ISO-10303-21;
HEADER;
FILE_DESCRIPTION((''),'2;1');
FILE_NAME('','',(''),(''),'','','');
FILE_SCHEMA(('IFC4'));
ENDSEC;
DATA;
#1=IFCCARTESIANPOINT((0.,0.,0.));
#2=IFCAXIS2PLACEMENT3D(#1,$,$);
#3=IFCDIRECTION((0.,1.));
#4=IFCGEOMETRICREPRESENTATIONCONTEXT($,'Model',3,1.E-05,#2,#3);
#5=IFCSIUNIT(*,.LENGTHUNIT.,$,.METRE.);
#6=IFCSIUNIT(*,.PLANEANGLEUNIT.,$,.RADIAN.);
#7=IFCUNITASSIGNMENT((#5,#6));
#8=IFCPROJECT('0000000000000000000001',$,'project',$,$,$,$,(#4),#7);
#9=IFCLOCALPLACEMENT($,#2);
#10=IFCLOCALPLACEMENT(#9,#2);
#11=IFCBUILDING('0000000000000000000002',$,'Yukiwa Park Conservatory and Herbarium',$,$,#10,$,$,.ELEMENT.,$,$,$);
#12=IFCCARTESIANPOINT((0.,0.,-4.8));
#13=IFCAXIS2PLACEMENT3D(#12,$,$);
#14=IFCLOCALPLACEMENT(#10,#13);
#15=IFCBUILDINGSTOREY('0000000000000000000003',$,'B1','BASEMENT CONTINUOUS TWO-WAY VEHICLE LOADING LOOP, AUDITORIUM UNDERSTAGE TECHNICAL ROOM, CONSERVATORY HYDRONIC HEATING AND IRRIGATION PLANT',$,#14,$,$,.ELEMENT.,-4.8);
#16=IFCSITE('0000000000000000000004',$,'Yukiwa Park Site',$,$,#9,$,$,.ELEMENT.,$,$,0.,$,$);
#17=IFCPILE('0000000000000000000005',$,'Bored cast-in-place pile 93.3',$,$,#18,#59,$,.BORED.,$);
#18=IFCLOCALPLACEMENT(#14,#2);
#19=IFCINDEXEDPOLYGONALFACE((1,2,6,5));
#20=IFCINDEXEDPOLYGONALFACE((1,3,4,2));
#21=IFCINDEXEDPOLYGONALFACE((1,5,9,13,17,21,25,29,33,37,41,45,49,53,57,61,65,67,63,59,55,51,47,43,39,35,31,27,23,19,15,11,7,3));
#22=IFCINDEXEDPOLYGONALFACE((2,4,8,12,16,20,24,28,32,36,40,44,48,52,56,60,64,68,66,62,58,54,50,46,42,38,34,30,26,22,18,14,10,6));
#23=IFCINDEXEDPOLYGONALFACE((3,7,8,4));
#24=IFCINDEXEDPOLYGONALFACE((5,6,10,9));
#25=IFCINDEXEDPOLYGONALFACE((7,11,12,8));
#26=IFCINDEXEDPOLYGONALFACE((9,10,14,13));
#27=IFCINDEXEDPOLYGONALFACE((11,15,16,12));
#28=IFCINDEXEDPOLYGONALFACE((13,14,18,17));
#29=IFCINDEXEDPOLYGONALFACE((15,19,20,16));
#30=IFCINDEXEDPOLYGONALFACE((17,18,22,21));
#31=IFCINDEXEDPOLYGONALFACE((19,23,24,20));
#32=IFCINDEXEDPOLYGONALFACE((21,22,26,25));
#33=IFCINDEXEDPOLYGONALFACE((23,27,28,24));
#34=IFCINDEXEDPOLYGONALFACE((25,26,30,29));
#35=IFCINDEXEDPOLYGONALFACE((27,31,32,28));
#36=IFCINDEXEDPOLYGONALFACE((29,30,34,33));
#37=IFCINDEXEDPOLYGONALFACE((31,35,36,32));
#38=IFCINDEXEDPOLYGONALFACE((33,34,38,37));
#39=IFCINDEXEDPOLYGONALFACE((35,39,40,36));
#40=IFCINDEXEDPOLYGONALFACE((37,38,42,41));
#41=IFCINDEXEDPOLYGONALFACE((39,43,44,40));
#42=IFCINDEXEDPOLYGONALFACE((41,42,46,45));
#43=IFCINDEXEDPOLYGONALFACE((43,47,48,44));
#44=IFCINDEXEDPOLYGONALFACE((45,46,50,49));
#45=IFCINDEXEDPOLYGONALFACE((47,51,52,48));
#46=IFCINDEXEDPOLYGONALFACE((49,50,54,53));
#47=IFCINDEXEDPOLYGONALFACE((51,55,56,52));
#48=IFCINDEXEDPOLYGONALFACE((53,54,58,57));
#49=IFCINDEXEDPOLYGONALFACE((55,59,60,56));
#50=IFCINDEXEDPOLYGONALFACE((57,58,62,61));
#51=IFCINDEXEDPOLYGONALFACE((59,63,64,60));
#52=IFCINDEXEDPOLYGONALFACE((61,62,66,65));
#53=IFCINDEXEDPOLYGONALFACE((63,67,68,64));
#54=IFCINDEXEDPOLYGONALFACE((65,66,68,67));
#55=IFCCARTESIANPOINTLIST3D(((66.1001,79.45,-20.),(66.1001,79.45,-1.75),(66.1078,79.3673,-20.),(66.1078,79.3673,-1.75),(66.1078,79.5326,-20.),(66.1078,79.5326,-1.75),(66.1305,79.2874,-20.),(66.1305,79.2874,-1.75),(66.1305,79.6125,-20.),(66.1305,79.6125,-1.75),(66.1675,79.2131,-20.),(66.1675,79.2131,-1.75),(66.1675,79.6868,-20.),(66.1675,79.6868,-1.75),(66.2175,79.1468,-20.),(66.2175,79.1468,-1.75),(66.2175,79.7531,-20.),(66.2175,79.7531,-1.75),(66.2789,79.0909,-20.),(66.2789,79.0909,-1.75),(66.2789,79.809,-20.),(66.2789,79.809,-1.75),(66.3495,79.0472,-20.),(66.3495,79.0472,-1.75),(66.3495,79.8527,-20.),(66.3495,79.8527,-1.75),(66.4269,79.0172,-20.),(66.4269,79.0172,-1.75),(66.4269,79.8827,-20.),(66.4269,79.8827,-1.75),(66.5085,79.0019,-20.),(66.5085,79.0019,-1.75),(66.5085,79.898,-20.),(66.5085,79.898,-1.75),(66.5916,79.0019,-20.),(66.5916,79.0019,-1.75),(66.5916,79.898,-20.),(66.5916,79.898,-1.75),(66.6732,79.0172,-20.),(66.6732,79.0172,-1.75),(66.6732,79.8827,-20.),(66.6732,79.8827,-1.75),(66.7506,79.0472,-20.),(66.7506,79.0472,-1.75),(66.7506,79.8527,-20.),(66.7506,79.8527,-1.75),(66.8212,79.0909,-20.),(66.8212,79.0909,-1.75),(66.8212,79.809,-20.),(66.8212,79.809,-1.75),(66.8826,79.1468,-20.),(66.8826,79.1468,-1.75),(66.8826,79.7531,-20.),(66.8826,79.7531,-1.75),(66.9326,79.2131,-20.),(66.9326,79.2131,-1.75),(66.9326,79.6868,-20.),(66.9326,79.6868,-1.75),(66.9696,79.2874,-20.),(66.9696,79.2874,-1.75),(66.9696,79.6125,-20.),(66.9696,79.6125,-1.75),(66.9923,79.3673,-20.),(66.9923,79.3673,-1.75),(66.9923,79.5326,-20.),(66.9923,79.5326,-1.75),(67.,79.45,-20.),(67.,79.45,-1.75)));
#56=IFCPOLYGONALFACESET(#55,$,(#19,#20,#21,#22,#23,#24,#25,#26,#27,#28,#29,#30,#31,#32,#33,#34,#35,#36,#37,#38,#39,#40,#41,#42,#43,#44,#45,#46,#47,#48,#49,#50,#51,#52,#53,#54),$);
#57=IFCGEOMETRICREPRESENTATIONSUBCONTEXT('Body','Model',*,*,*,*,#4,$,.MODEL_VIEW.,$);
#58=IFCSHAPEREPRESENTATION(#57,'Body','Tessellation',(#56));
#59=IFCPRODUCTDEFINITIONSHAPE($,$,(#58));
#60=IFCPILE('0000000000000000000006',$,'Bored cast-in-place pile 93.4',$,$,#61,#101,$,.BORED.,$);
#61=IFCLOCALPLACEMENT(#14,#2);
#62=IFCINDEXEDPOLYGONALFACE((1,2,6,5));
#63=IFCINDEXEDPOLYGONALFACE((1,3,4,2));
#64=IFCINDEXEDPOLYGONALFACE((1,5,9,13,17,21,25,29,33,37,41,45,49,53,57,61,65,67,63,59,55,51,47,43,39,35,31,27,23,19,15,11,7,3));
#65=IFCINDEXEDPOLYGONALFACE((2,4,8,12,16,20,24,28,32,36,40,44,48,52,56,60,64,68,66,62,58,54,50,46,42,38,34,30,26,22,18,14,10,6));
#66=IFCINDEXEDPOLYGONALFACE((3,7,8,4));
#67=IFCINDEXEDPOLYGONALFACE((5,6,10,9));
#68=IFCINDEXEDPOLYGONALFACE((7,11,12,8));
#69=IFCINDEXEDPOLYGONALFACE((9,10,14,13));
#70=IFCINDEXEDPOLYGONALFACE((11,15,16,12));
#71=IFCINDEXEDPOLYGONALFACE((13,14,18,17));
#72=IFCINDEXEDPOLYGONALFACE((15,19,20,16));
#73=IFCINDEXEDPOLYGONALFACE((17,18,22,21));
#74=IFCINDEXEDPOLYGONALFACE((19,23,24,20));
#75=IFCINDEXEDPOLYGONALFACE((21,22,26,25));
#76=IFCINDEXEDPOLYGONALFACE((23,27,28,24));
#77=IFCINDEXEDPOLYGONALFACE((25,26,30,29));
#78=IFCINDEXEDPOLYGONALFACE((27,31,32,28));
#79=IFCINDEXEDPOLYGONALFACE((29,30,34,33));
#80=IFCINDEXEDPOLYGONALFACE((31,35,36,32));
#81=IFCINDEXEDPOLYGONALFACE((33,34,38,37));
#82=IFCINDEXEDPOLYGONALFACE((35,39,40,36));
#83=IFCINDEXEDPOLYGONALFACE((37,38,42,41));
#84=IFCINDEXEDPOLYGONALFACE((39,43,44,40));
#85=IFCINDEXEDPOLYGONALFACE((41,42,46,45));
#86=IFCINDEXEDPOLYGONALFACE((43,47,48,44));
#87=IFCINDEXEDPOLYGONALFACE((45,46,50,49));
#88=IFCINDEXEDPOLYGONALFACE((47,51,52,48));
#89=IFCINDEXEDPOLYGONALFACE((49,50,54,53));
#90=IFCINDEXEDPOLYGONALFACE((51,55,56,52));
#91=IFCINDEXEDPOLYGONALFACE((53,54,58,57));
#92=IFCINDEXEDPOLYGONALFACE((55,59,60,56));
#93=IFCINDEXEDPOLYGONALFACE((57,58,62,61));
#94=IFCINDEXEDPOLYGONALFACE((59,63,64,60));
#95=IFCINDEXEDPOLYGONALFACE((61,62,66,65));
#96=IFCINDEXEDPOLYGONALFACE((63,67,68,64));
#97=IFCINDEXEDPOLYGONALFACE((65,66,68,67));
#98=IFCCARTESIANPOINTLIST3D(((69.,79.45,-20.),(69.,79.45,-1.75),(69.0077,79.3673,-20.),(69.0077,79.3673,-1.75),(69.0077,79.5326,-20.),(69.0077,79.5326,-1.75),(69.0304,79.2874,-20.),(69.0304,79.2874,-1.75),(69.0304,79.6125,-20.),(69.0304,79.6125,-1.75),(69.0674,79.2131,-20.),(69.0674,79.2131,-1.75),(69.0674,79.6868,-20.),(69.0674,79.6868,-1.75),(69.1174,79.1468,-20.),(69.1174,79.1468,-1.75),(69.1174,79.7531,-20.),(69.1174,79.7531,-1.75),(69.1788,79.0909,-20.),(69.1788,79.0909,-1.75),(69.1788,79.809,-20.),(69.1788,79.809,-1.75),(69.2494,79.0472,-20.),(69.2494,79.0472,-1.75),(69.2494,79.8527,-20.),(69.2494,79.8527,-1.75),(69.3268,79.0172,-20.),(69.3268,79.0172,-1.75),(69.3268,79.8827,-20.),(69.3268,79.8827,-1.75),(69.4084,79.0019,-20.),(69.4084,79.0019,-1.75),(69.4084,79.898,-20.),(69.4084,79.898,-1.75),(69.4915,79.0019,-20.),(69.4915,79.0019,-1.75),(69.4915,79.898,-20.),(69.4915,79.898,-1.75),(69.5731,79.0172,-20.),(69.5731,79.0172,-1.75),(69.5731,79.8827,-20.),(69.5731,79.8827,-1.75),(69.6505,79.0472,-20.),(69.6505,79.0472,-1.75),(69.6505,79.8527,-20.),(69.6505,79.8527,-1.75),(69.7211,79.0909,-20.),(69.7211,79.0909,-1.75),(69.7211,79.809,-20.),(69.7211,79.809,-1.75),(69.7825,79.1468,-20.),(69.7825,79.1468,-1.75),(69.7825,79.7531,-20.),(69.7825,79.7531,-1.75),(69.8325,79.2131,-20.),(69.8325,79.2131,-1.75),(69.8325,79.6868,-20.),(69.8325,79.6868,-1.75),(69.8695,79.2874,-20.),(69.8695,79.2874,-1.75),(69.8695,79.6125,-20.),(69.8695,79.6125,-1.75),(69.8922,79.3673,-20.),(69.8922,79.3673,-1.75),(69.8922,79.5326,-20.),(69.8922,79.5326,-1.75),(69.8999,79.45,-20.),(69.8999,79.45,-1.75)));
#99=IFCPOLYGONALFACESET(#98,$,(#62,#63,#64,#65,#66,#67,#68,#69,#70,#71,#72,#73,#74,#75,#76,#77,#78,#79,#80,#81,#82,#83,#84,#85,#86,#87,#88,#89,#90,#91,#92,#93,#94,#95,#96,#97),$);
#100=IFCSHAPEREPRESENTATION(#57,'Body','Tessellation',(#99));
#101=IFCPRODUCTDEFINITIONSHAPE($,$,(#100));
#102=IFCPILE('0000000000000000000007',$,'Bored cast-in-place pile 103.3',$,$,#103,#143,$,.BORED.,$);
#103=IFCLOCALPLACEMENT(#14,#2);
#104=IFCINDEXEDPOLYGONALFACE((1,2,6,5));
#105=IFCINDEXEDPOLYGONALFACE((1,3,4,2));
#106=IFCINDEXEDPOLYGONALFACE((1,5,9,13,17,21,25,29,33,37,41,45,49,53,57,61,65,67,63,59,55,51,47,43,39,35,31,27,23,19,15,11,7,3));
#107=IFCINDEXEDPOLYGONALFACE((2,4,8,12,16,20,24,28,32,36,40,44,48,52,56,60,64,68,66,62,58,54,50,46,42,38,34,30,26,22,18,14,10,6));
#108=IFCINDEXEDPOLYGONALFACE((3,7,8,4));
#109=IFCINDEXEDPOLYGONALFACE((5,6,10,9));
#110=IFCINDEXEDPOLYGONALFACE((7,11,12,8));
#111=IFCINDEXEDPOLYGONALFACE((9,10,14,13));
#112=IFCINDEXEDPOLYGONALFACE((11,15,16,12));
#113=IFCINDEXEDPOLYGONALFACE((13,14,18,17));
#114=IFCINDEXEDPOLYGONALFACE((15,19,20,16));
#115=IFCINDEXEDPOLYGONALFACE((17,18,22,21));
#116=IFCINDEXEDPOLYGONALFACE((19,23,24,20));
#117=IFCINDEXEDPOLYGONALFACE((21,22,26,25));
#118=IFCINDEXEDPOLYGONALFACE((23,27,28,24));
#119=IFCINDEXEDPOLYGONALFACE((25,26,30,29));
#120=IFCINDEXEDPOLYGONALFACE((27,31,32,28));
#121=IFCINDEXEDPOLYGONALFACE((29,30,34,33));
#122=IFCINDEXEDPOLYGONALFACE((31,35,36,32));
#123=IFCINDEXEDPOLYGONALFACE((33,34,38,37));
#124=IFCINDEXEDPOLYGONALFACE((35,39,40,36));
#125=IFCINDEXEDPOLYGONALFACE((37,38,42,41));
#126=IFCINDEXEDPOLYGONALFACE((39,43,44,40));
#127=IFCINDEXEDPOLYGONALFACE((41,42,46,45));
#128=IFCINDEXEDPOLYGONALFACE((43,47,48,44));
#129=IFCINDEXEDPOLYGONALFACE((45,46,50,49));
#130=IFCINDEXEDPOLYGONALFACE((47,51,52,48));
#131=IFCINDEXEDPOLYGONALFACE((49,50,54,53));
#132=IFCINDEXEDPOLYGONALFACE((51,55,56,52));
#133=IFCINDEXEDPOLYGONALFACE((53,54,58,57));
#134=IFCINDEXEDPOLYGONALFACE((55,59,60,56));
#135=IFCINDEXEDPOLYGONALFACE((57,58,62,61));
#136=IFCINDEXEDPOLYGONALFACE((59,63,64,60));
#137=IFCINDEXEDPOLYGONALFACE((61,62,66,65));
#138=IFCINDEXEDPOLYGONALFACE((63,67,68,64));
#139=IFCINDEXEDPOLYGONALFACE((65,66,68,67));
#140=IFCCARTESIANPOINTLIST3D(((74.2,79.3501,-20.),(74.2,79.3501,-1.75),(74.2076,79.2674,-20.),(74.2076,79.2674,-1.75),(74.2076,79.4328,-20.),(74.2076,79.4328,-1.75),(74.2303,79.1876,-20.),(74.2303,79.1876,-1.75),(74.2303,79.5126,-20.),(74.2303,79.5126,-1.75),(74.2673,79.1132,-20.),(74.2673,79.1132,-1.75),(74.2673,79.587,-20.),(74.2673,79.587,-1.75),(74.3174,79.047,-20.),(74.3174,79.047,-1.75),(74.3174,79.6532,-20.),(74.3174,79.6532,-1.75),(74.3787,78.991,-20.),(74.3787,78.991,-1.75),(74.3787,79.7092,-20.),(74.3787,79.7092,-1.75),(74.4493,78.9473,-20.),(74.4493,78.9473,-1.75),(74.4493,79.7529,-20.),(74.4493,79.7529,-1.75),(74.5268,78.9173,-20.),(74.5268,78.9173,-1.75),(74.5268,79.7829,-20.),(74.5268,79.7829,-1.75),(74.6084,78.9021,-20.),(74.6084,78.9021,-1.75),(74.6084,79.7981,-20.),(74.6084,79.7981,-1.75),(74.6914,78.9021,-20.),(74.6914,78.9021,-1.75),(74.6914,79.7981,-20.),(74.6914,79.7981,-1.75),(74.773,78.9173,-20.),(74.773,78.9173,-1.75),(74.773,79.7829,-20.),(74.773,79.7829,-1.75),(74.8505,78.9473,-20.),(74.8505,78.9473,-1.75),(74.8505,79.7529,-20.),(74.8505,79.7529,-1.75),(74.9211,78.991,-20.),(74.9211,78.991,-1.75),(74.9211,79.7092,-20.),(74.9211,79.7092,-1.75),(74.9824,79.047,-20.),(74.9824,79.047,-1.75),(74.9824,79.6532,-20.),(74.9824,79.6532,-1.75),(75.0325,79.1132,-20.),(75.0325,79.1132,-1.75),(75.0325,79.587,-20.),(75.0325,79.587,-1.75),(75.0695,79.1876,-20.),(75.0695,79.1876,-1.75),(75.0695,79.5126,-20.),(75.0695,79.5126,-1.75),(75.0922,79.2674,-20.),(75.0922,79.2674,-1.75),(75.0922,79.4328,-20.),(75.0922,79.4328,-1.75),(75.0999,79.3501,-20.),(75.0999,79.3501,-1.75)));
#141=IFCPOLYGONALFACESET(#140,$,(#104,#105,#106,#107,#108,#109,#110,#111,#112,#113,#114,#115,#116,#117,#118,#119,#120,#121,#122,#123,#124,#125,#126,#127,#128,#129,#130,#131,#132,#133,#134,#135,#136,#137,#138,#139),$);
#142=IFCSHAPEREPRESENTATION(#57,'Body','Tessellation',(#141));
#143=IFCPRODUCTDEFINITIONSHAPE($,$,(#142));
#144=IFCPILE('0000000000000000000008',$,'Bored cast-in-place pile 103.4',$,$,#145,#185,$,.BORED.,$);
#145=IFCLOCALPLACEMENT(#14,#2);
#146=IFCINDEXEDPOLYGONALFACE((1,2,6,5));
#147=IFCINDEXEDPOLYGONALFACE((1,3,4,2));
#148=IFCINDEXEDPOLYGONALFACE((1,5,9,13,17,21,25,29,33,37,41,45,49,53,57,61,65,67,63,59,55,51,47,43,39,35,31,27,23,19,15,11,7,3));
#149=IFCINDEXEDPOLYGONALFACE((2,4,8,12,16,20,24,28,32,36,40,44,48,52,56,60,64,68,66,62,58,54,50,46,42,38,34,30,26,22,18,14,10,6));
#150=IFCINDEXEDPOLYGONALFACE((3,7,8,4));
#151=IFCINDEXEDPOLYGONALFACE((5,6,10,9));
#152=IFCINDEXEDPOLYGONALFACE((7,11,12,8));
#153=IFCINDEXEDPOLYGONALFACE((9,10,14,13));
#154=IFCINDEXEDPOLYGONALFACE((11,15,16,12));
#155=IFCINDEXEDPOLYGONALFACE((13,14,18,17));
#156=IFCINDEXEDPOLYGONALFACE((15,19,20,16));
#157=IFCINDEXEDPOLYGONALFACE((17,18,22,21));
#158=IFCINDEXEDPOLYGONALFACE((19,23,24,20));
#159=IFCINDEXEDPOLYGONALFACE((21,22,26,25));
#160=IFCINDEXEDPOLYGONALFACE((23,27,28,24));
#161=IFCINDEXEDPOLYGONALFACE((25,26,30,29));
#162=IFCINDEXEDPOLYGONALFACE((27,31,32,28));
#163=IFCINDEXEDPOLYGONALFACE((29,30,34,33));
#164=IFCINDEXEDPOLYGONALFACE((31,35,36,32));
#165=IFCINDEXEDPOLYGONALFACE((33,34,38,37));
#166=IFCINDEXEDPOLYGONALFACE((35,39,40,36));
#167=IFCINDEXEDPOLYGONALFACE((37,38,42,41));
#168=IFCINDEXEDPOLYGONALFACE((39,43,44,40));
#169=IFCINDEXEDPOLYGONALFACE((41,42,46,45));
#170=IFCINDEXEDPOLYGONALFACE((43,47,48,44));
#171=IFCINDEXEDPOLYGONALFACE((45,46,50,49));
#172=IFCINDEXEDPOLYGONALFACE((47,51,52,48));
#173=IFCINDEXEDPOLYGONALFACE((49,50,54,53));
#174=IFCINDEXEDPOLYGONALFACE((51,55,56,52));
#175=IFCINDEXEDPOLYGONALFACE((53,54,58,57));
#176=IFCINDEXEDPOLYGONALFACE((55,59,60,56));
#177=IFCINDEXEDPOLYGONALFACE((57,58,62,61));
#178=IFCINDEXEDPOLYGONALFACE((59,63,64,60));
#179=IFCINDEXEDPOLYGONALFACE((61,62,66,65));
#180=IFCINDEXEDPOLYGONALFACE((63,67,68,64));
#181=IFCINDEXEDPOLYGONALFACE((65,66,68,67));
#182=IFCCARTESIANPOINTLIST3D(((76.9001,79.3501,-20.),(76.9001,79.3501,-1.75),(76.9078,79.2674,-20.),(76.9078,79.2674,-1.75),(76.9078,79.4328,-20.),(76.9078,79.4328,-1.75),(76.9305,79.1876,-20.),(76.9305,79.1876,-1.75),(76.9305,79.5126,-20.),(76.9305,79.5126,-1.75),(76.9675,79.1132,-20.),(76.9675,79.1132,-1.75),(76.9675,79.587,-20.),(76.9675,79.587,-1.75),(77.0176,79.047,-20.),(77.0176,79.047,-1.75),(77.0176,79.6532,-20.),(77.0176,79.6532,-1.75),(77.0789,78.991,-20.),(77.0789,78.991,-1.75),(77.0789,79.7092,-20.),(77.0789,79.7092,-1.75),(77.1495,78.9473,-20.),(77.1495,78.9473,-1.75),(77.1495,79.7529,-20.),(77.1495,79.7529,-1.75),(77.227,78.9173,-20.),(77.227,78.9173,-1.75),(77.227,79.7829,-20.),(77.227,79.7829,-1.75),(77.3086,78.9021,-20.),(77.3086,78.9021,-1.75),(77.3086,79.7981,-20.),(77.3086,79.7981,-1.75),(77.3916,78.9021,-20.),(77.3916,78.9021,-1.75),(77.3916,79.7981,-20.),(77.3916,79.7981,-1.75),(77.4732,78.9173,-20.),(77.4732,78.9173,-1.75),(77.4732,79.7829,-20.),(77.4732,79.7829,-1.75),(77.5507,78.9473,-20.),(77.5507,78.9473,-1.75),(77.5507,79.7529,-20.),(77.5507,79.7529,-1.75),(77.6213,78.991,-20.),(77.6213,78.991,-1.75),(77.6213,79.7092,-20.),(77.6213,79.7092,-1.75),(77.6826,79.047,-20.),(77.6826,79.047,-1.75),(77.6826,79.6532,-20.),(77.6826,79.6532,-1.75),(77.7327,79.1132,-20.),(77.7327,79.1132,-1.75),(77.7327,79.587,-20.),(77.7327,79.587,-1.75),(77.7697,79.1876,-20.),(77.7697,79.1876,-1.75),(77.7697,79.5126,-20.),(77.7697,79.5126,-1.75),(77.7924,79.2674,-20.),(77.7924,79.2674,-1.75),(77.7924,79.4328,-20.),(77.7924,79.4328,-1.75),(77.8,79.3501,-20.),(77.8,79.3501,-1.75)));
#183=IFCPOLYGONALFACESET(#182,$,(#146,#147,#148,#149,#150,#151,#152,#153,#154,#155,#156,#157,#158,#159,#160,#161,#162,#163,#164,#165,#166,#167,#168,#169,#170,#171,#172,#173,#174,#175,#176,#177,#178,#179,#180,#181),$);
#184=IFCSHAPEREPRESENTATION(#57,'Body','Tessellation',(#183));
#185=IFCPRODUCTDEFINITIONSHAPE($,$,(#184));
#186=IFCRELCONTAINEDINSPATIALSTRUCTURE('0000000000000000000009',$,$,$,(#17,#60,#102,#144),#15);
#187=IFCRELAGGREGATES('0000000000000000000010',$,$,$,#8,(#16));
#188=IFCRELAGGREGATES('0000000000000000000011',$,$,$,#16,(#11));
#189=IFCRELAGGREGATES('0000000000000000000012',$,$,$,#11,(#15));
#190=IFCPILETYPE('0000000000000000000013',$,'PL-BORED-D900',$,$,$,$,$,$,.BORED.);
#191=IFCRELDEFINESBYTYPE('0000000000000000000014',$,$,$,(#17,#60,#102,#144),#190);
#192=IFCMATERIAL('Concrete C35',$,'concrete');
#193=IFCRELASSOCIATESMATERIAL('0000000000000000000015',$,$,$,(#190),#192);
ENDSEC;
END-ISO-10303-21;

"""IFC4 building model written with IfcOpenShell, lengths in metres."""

from ifc_helpers import new_model, si_unit, direction, frame, origin, origin_2d, place, context, subcontext, project, spatial, circle, extrude, material, material_profile, profile_set, type_object, element, save


model = new_model("IFC4")

# Units and contexts
model_context = context("Model", 3, precision=1e-05, world=origin(), true_north=direction((0.0, 1.0)))
body_context = subcontext(model_context, "Body", "Model", "MODEL_VIEW")
ifc_project = project(units=[si_unit("LENGTHUNIT", "METRE"), si_unit("PLANEANGLEUNIT", "RADIAN")], contexts=[model_context])

# Site, building, storey
site_placement = place(None, origin())
site = spatial("IfcSite", under=ifc_project, at=site_placement, Name="Yukiwa Park Site", CompositionType="ELEMENT", RefElevation=0.0)
building_placement = place(site_placement, origin())
building = spatial("IfcBuilding", under=site, at=building_placement, Name="Yukiwa Park Conservatory and Herbarium", CompositionType="ELEMENT")
storey_placement = place(building_placement, frame((0.0, 0.0, -4.8)))
storey = spatial("IfcBuildingStorey", under=building, at=storey_placement, Name="B1", Description="BASEMENT CONTINUOUS TWO-WAY VEHICLE LOADING LOOP, AUDITORIUM UNDERSTAGE TECHNICAL ROOM, CONSERVATORY HYDRONIC HEATING AND IRRIGATION PLANT", CompositionType="ELEMENT", Elevation=-4.8)

# Piles
ifc_material_1 = material(Name="Concrete C35", Category="concrete")
ifc_material_profile_1 = material_profile(ifc_material_1, circle(Radius=0.45, at=origin_2d()), Name="PILE D900")
ifc_profile_set_1 = profile_set([ifc_material_profile_1], Name="Concrete C35")
pile_type_1 = type_object("IfcPileType", Name="PL-BORED-D900", PredefinedType="BORED", material=ifc_profile_set_1)
for number, where, z_axis, x_axis, name in (
    (1, (66.55, 79.45, -1.75), (0.0, 0.0, -1.0), (1.0, 0.0, 0.0), "Bored cast-in-place pile 93.3"),
    (2, (69.45, 79.45, -1.75), (0.0, 0.0, -1.0), (1.0, 0.0, 0.0), "Bored cast-in-place pile 93.4"),
    (3, (74.6499, 79.3501, -1.75), (0.0, 0.0, -1.0), (1.0, 0.0, 0.0), "Bored cast-in-place pile 103.3"),
    (4, (77.3501, 79.3501, -1.75), (0.0, 0.0, -1.0), (1.0, 0.0, 0.0), "Bored cast-in-place pile 103.4"),
):
    element("IfcPile", number, at=place(storey_placement, frame(where, z_axis=z_axis, x_axis=x_axis)), inside=storey, type_object=pile_type_1, Name=name, PredefinedType="BORED", context=body_context, shape_type="SweptSolid", body=[
        extrude(circle(Radius=0.45, at=origin_2d()), origin(), (0.0, 0.0, 1.0), 18.25),
    ])

save(model, "model.ifc")
